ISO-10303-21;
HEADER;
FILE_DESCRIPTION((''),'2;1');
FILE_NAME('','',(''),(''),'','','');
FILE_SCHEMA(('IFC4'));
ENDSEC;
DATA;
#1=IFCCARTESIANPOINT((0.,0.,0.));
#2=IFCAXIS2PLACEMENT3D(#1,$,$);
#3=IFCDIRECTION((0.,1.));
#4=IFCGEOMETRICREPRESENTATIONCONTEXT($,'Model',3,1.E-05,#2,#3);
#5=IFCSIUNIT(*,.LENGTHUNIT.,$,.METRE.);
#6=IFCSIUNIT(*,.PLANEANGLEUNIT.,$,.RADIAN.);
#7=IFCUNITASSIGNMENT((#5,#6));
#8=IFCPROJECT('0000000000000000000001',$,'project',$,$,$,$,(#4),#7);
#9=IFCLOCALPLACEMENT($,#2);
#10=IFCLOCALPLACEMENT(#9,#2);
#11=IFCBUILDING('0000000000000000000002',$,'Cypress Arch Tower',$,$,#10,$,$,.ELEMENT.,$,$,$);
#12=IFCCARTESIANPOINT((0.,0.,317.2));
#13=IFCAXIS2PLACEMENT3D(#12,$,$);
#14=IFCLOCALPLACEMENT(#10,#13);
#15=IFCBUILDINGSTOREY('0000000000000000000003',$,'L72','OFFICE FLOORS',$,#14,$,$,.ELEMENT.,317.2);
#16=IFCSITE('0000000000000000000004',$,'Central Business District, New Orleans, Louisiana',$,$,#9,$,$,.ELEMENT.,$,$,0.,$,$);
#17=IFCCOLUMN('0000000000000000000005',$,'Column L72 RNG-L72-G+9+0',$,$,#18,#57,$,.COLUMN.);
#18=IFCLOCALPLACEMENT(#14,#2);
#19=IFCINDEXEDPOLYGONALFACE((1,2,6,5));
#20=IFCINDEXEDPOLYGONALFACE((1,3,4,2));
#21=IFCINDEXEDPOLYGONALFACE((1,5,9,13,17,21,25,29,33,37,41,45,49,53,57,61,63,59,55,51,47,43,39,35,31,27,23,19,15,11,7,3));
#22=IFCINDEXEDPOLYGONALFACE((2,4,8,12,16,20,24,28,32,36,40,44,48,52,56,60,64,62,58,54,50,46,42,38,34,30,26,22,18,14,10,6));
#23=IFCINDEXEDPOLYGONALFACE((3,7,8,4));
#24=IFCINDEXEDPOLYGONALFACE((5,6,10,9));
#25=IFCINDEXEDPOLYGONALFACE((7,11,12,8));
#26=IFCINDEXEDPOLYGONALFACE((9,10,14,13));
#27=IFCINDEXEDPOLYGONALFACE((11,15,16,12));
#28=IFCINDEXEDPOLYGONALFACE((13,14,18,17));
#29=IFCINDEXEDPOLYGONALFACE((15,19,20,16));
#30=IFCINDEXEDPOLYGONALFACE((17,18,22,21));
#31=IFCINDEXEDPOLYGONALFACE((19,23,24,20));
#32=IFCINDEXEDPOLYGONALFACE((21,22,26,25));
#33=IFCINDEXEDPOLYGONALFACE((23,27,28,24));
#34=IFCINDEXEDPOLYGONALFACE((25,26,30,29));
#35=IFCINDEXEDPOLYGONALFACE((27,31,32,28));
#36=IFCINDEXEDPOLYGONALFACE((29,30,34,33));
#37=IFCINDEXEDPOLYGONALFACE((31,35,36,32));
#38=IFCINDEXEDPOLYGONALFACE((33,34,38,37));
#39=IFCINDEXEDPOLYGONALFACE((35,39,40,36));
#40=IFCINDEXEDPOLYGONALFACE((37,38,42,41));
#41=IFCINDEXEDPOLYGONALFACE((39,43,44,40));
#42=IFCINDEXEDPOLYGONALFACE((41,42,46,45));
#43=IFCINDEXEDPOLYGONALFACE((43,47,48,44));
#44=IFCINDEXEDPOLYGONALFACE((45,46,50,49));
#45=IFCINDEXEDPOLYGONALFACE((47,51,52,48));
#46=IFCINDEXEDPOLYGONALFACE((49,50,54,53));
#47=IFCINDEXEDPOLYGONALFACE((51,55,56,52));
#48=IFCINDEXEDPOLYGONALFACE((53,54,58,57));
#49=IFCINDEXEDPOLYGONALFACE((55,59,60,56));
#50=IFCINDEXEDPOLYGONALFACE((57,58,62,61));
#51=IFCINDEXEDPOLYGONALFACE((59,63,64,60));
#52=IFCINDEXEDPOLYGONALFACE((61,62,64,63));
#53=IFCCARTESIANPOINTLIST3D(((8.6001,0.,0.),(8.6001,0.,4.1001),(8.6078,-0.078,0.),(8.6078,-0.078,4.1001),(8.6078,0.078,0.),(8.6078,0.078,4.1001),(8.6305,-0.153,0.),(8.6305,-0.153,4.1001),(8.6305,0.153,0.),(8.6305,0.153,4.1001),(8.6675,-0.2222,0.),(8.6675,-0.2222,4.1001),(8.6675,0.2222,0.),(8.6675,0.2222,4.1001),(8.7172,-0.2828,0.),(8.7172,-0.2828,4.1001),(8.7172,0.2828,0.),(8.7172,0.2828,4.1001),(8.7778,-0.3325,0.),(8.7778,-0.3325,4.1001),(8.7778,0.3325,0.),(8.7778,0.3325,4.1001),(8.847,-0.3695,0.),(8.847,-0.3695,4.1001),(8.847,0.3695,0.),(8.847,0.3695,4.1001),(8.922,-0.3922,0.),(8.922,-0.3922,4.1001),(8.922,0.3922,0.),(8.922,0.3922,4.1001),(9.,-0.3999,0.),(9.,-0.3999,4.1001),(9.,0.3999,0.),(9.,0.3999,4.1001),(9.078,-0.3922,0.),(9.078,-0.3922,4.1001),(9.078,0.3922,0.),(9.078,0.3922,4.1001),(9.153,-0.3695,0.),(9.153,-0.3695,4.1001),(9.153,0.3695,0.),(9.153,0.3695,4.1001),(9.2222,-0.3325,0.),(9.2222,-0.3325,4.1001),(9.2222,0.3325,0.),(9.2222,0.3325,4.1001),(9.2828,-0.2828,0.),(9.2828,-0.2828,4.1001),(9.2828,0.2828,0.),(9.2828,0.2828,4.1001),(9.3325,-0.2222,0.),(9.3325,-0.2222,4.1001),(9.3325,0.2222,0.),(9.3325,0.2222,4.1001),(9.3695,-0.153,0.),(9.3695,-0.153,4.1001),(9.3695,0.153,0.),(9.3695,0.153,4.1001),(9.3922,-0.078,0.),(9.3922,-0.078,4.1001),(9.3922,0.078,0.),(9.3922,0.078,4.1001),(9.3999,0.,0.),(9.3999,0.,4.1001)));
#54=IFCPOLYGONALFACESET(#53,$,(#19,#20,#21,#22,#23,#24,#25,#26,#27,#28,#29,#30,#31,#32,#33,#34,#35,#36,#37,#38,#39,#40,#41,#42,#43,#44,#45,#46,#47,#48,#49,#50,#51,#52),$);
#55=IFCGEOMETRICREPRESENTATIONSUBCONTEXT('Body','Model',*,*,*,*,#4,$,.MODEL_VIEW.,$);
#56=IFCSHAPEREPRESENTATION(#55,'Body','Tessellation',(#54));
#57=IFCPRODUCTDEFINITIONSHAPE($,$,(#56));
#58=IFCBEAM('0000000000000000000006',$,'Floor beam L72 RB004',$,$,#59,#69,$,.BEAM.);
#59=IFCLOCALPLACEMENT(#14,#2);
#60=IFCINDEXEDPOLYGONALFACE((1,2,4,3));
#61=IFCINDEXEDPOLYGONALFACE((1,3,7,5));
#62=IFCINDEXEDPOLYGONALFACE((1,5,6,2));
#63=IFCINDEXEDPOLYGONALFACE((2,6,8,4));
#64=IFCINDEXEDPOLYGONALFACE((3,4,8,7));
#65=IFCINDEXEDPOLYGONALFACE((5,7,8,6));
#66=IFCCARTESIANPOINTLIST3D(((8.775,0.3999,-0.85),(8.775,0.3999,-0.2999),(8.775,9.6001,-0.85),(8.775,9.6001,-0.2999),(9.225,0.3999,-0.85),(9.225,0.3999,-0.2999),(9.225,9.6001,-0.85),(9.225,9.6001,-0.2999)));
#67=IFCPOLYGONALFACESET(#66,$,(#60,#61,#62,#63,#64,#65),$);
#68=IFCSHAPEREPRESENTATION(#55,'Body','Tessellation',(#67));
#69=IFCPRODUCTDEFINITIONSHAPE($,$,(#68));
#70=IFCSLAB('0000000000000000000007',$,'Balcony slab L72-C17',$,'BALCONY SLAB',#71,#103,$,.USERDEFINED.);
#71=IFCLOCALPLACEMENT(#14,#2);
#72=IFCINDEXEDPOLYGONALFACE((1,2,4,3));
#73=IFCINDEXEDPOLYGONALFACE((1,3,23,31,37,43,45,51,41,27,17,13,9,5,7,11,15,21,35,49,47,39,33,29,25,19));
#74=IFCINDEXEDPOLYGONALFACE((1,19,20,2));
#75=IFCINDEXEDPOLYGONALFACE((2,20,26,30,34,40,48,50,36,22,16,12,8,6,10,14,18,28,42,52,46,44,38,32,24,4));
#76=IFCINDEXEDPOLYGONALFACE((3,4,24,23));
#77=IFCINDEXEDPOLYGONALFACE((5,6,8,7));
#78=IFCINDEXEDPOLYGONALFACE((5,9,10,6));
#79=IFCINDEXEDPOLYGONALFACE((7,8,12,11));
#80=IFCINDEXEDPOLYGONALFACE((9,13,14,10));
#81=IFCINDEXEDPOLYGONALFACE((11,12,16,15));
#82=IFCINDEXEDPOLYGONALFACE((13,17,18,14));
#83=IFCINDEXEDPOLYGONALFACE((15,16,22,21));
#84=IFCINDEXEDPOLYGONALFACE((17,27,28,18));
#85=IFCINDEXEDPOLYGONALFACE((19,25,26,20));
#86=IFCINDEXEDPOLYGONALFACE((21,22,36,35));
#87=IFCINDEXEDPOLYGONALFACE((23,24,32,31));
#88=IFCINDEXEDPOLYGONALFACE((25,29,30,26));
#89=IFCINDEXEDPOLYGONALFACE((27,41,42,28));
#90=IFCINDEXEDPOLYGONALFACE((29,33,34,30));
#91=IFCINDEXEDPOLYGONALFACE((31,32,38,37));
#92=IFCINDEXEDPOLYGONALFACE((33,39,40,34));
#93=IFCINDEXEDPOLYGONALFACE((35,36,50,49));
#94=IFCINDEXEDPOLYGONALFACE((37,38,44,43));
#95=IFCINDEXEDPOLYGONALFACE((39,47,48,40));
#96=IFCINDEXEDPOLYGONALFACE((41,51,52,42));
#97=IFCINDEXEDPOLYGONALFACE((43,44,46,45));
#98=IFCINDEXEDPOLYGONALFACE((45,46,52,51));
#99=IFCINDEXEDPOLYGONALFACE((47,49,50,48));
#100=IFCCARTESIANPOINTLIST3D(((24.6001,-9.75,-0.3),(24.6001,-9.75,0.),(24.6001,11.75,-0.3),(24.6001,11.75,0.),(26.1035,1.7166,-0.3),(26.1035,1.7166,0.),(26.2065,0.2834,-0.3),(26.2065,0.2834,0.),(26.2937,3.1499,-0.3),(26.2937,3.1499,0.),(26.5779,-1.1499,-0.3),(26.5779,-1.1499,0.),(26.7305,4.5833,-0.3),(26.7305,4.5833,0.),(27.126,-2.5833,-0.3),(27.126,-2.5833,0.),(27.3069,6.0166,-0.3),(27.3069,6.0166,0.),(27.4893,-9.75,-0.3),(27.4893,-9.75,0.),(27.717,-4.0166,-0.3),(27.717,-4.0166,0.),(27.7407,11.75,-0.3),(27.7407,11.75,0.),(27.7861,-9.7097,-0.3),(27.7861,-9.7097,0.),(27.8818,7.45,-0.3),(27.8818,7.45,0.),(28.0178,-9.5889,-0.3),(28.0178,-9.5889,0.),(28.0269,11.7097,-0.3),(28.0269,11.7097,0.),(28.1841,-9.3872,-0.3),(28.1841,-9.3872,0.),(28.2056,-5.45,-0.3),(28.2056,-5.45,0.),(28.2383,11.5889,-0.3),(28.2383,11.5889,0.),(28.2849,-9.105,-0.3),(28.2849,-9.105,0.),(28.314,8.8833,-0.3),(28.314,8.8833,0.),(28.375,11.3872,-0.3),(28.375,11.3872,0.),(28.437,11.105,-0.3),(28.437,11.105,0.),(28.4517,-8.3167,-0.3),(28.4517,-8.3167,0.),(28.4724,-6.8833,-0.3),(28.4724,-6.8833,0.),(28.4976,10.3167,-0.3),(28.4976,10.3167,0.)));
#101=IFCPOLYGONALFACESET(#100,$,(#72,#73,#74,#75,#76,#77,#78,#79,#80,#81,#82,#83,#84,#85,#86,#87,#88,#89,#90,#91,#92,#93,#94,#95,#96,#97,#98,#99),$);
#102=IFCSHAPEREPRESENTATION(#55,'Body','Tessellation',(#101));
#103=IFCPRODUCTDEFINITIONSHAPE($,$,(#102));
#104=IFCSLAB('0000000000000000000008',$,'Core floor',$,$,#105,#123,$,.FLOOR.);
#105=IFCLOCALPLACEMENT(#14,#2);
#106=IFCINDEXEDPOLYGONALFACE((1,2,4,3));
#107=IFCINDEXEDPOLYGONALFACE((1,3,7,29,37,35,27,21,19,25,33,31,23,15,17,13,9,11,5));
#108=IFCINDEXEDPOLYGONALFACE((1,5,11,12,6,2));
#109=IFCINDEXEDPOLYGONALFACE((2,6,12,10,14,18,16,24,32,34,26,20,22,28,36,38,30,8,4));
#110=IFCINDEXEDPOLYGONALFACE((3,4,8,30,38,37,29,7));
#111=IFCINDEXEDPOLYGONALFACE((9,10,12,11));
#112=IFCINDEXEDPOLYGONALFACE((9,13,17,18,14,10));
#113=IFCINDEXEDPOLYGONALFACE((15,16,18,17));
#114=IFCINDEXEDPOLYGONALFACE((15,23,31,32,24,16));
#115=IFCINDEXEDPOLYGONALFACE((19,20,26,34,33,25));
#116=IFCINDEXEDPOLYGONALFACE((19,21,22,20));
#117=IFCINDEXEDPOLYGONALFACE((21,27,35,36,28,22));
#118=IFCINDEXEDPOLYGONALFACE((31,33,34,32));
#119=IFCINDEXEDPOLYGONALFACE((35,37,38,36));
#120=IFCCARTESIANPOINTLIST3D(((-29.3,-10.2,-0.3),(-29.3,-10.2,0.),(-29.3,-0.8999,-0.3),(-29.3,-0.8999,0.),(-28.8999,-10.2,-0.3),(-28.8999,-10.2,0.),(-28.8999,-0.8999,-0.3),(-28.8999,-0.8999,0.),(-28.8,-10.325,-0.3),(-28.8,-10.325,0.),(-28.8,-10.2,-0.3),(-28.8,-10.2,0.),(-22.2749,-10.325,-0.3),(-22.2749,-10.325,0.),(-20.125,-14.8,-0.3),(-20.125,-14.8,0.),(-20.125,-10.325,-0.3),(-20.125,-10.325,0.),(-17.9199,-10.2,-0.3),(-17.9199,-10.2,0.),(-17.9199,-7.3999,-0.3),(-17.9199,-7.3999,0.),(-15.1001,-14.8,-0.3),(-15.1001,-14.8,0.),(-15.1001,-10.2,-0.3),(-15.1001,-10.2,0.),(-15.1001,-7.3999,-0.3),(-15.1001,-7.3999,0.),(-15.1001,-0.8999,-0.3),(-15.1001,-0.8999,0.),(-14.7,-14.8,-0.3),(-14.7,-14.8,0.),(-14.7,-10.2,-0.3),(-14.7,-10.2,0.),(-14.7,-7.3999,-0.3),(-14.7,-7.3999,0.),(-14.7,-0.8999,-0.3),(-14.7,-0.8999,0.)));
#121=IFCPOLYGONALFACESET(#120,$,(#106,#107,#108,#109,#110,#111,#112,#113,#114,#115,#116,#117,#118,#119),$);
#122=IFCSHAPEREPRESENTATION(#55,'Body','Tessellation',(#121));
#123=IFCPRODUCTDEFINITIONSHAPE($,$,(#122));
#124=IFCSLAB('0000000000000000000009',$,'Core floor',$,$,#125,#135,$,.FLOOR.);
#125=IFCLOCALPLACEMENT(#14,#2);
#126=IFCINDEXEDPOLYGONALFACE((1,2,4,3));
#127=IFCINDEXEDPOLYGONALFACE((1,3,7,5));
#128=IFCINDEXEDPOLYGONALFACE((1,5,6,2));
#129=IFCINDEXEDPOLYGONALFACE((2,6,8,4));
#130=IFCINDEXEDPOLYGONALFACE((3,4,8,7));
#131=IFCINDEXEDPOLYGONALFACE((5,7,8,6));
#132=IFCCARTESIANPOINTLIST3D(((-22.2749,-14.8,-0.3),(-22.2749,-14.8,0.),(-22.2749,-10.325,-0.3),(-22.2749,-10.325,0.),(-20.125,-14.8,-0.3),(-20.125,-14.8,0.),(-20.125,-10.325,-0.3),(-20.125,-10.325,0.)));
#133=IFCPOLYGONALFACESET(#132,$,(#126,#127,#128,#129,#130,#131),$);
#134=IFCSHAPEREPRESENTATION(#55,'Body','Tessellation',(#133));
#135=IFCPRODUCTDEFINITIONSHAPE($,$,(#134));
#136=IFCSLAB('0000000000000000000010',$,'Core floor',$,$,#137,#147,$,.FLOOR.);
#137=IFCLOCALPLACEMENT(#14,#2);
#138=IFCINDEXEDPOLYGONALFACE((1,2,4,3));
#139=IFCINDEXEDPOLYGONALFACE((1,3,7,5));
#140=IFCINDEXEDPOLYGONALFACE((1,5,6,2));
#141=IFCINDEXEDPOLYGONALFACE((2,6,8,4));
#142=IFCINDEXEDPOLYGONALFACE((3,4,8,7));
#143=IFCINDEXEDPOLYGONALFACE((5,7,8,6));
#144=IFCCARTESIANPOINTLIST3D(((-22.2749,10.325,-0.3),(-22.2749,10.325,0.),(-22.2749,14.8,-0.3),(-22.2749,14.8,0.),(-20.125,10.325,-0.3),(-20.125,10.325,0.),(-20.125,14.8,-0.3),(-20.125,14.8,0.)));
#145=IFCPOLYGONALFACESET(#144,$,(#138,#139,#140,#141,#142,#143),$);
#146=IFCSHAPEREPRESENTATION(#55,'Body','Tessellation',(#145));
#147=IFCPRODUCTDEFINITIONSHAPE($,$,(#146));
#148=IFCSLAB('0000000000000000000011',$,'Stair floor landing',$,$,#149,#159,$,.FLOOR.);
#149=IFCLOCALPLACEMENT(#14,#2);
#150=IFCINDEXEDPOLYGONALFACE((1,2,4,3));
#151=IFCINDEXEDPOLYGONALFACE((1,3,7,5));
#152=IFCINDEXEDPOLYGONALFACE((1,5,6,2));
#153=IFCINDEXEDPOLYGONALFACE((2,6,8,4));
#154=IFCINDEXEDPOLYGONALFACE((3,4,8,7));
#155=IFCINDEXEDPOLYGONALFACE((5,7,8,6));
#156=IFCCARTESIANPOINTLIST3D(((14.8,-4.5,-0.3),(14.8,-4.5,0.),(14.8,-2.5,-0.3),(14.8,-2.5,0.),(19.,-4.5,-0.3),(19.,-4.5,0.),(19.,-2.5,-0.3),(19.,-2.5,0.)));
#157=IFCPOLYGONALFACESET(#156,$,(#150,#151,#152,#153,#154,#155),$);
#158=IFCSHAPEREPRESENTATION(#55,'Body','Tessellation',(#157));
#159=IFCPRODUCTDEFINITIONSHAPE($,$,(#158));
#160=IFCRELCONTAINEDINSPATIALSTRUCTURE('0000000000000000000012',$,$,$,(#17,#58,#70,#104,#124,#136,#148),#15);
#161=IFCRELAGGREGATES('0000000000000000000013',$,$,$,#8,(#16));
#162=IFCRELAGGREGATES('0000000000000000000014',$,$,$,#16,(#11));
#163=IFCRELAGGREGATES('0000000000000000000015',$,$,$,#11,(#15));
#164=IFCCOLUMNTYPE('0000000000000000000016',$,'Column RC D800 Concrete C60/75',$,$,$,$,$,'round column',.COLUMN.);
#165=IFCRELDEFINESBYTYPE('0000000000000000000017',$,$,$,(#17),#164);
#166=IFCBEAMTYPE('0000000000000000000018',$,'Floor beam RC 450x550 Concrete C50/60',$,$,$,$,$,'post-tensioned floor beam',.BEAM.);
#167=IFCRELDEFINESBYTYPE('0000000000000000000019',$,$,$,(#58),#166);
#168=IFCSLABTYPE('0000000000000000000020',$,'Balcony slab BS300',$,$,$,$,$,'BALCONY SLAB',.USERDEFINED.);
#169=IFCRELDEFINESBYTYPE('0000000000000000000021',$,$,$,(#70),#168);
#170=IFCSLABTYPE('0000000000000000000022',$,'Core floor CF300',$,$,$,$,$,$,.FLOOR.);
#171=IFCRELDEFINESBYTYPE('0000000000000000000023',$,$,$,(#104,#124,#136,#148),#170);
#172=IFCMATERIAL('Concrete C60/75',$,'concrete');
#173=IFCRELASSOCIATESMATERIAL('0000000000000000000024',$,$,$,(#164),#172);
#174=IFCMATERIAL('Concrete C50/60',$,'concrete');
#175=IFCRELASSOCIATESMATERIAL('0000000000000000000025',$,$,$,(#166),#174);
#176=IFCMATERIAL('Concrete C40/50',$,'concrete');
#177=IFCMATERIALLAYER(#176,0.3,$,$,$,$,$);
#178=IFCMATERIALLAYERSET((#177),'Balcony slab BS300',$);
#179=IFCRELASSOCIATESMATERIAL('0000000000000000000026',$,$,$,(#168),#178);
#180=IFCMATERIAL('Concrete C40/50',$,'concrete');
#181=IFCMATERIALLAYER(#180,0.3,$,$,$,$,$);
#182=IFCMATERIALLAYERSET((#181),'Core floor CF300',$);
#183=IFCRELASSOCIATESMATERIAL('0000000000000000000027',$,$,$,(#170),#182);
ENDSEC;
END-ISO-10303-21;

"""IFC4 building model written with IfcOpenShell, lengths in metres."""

from ifc_helpers import new_model, si_unit, direction, frame, origin, origin_2d, place, context, subcontext, project, spatial, polyline, rectangle, circle, outline, extrude, material, layer, layer_set, material_profile, profile_set, type_object, element, save


model = new_model("IFC4")

# Units and contexts
model_context = context("Model", 3, precision=1e-05, world=origin(), true_north=direction((0.0, 1.0)))
body_context = subcontext(model_context, "Body", "Model", "MODEL_VIEW")
ifc_project = project(units=[si_unit("LENGTHUNIT", "METRE"), si_unit("PLANEANGLEUNIT", "RADIAN")], contexts=[model_context])

# Site, building, storey
site_placement = place(None, origin())
site = spatial("IfcSite", under=ifc_project, at=site_placement, Name="Central Business District, New Orleans, Louisiana", CompositionType="ELEMENT", RefElevation=0.0)
building_placement = place(site_placement, origin())
building = spatial("IfcBuilding", under=site, at=building_placement, Name="Cypress Arch Tower", CompositionType="ELEMENT")
storey_placement = place(building_placement, frame((0.0, 0.0, 317.2)))
storey = spatial("IfcBuildingStorey", under=building, at=storey_placement, Name="L72", Description="OFFICE FLOORS", CompositionType="ELEMENT", Elevation=317.2)

# Column
ifc_material_1 = material(Name="Concrete C60/75", Category="concrete")
ifc_material_profile_1 = material_profile(ifc_material_1, circle(Radius=0.3999, at=origin_2d()), Name="RC D800")
ifc_profile_set_1 = profile_set([ifc_material_profile_1], Name="Concrete C60/75")
column_type = type_object("IfcColumnType", Name="Column RC D800 Concrete C60/75", ElementType="round column", PredefinedType="COLUMN", material=ifc_profile_set_1)
column_placement = place(storey_placement, frame((9.0, 0.0, 0.0), z_axis=(0.0, 0.0, 1.0), x_axis=(1.0, 0.0, 0.0)))
element("IfcColumn", 1, at=column_placement, inside=storey, type_object=column_type, Name="Column L72 RNG-L72-G+9+0", PredefinedType="COLUMN", context=body_context, shape_type="SweptSolid", body=[
    extrude(circle(Radius=0.3999, at=origin_2d()), origin(), (0.0, 0.0, 1.0), 4.1001),
])

# Beam
ifc_material_2 = material(Name="Concrete C50/60", Category="concrete")
ifc_material_profile_2 = material_profile(ifc_material_2, rectangle(XDim=0.45, YDim=0.55, at=origin_2d()), Name="RC 450x550")
ifc_profile_set_2 = profile_set([ifc_material_profile_2], Name="Concrete C50/60")
beam_type = type_object("IfcBeamType", Name="Floor beam RC 450x550 Concrete C50/60", ElementType="post-tensioned floor beam", PredefinedType="BEAM", material=ifc_profile_set_2)
beam_placement = place(storey_placement, frame((9.0, 0.3999, -0.575), z_axis=(0.0, 1.0, 0.0), x_axis=(-1.0, 0.0, 0.0)))
element("IfcBeam", 2, at=beam_placement, inside=storey, type_object=beam_type, Name="Floor beam L72 RB004", PredefinedType="BEAM", context=body_context, shape_type="SweptSolid", body=[
    extrude(rectangle(XDim=0.45, YDim=0.55, at=origin_2d()), origin(), (0.0, 0.0, 1.0), 9.2002),
])

# Slabs
ifc_material_3 = material(Name="Concrete C40/50", Category="concrete")
ifc_layer_1 = layer(ifc_material_3, 0.3)
ifc_layer_set_1 = layer_set([ifc_layer_1], Name="Balcony slab BS300")
slab_type_1 = type_object("IfcSlabType", Name="Balcony slab BS300", ElementType="BALCONY SLAB", PredefinedType="USERDEFINED", material=ifc_layer_set_1)
slab_1_placement = place(storey_placement, frame((0.0, 0.0, -0.3)))
element("IfcSlab", 3, at=slab_1_placement, inside=storey, type_object=slab_type_1, Name="Balcony slab L72-C17", ObjectType="BALCONY SLAB", PredefinedType="USERDEFINED", context=body_context, shape_type="SweptSolid", body=[
    extrude(outline(polyline([(24.6001, -9.75), (27.4893, -9.75), (27.7861, -9.7097), (28.0178, -9.5889), (28.1841, -9.3872), (28.2849, -9.105), (28.4517, -8.3167), (28.4724, -6.8833), (28.2056, -5.45), (27.717, -4.0166), (27.126, -2.5833), (26.5779, -1.1499), (26.2065, 0.2834), (26.1035, 1.7166), (26.2937, 3.1499), (26.7305, 4.5833), (27.3069, 6.0166), (27.8818, 7.45), (28.314, 8.8833), (28.4976, 10.3167), (28.437, 11.105), (28.375, 11.3872), (28.2383, 11.5889), (28.0269, 11.7097), (27.7407, 11.75), (24.6001, 11.75), (24.6001, -9.75)])), origin(), (0.0, 0.0, 1.0), 0.3),
])
ifc_material_4 = material(Name="Concrete C40/50", Category="concrete")
ifc_layer_2 = layer(ifc_material_4, 0.3)
ifc_layer_set_2 = layer_set([ifc_layer_2], Name="Core floor CF300")
slab_type_2 = type_object("IfcSlabType", Name="Core floor CF300", PredefinedType="FLOOR", material=ifc_layer_set_2)
slab_2_placement = place(storey_placement, frame((0.0, 0.0, -0.3)))
element("IfcSlab", 4, at=slab_2_placement, inside=storey, type_object=slab_type_2, Name="Core floor", PredefinedType="FLOOR", context=body_context, shape_type="SweptSolid", body=[
    extrude(outline(polyline([(-28.8999, -10.2), (-29.3, -10.2), (-29.3, -0.8999), (-28.8999, -0.8999), (-15.1001, -0.8999), (-14.7, -0.8999), (-14.7, -7.3999), (-15.1001, -7.3999), (-17.9199, -7.3999), (-17.9199, -10.2), (-15.1001, -10.2), (-14.7, -10.2), (-14.7, -14.8), (-15.1001, -14.8), (-20.125, -14.8), (-20.125, -10.325), (-22.2749, -10.325), (-28.8, -10.325), (-28.8, -10.2), (-28.8999, -10.2)])), origin(), (0.0, 0.0, 1.0), 0.3),
])
slab_3_placement = place(storey_placement, frame((0.0, 0.0, -0.3)))
element("IfcSlab", 5, at=slab_3_placement, inside=storey, type_object=slab_type_2, Name="Core floor", PredefinedType="FLOOR", context=body_context, shape_type="SweptSolid", body=[
    extrude(outline(polyline([(-22.2749, -10.325), (-22.2749, -14.8), (-20.125, -14.8), (-20.125, -10.325), (-22.2749, -10.325)])), origin(), (0.0, 0.0, 1.0), 0.3),
])
slab_4_placement = place(storey_placement, frame((0.0, 0.0, -0.3)))
element("IfcSlab", 6, at=slab_4_placement, inside=storey, type_object=slab_type_2, Name="Core floor", PredefinedType="FLOOR", context=body_context, shape_type="SweptSolid", body=[
    extrude(outline(polyline([(-20.125, 14.8), (-22.2749, 14.8), (-22.2749, 10.325), (-20.125, 10.325), (-20.125, 14.8)])), origin(), (0.0, 0.0, 1.0), 0.3),
])
slab_5_placement = place(storey_placement, frame((0.0, 0.0, -0.3)))
element("IfcSlab", 7, at=slab_5_placement, inside=storey, type_object=slab_type_2, Name="Stair floor landing", PredefinedType="FLOOR", context=body_context, shape_type="SweptSolid", body=[
    extrude(outline(polyline([(19.0, -4.5), (19.0, -2.5), (14.8, -2.5), (14.8, -4.5), (19.0, -4.5)])), origin(), (0.0, 0.0, 1.0), 0.3),
])

save(model, "model.ifc")
